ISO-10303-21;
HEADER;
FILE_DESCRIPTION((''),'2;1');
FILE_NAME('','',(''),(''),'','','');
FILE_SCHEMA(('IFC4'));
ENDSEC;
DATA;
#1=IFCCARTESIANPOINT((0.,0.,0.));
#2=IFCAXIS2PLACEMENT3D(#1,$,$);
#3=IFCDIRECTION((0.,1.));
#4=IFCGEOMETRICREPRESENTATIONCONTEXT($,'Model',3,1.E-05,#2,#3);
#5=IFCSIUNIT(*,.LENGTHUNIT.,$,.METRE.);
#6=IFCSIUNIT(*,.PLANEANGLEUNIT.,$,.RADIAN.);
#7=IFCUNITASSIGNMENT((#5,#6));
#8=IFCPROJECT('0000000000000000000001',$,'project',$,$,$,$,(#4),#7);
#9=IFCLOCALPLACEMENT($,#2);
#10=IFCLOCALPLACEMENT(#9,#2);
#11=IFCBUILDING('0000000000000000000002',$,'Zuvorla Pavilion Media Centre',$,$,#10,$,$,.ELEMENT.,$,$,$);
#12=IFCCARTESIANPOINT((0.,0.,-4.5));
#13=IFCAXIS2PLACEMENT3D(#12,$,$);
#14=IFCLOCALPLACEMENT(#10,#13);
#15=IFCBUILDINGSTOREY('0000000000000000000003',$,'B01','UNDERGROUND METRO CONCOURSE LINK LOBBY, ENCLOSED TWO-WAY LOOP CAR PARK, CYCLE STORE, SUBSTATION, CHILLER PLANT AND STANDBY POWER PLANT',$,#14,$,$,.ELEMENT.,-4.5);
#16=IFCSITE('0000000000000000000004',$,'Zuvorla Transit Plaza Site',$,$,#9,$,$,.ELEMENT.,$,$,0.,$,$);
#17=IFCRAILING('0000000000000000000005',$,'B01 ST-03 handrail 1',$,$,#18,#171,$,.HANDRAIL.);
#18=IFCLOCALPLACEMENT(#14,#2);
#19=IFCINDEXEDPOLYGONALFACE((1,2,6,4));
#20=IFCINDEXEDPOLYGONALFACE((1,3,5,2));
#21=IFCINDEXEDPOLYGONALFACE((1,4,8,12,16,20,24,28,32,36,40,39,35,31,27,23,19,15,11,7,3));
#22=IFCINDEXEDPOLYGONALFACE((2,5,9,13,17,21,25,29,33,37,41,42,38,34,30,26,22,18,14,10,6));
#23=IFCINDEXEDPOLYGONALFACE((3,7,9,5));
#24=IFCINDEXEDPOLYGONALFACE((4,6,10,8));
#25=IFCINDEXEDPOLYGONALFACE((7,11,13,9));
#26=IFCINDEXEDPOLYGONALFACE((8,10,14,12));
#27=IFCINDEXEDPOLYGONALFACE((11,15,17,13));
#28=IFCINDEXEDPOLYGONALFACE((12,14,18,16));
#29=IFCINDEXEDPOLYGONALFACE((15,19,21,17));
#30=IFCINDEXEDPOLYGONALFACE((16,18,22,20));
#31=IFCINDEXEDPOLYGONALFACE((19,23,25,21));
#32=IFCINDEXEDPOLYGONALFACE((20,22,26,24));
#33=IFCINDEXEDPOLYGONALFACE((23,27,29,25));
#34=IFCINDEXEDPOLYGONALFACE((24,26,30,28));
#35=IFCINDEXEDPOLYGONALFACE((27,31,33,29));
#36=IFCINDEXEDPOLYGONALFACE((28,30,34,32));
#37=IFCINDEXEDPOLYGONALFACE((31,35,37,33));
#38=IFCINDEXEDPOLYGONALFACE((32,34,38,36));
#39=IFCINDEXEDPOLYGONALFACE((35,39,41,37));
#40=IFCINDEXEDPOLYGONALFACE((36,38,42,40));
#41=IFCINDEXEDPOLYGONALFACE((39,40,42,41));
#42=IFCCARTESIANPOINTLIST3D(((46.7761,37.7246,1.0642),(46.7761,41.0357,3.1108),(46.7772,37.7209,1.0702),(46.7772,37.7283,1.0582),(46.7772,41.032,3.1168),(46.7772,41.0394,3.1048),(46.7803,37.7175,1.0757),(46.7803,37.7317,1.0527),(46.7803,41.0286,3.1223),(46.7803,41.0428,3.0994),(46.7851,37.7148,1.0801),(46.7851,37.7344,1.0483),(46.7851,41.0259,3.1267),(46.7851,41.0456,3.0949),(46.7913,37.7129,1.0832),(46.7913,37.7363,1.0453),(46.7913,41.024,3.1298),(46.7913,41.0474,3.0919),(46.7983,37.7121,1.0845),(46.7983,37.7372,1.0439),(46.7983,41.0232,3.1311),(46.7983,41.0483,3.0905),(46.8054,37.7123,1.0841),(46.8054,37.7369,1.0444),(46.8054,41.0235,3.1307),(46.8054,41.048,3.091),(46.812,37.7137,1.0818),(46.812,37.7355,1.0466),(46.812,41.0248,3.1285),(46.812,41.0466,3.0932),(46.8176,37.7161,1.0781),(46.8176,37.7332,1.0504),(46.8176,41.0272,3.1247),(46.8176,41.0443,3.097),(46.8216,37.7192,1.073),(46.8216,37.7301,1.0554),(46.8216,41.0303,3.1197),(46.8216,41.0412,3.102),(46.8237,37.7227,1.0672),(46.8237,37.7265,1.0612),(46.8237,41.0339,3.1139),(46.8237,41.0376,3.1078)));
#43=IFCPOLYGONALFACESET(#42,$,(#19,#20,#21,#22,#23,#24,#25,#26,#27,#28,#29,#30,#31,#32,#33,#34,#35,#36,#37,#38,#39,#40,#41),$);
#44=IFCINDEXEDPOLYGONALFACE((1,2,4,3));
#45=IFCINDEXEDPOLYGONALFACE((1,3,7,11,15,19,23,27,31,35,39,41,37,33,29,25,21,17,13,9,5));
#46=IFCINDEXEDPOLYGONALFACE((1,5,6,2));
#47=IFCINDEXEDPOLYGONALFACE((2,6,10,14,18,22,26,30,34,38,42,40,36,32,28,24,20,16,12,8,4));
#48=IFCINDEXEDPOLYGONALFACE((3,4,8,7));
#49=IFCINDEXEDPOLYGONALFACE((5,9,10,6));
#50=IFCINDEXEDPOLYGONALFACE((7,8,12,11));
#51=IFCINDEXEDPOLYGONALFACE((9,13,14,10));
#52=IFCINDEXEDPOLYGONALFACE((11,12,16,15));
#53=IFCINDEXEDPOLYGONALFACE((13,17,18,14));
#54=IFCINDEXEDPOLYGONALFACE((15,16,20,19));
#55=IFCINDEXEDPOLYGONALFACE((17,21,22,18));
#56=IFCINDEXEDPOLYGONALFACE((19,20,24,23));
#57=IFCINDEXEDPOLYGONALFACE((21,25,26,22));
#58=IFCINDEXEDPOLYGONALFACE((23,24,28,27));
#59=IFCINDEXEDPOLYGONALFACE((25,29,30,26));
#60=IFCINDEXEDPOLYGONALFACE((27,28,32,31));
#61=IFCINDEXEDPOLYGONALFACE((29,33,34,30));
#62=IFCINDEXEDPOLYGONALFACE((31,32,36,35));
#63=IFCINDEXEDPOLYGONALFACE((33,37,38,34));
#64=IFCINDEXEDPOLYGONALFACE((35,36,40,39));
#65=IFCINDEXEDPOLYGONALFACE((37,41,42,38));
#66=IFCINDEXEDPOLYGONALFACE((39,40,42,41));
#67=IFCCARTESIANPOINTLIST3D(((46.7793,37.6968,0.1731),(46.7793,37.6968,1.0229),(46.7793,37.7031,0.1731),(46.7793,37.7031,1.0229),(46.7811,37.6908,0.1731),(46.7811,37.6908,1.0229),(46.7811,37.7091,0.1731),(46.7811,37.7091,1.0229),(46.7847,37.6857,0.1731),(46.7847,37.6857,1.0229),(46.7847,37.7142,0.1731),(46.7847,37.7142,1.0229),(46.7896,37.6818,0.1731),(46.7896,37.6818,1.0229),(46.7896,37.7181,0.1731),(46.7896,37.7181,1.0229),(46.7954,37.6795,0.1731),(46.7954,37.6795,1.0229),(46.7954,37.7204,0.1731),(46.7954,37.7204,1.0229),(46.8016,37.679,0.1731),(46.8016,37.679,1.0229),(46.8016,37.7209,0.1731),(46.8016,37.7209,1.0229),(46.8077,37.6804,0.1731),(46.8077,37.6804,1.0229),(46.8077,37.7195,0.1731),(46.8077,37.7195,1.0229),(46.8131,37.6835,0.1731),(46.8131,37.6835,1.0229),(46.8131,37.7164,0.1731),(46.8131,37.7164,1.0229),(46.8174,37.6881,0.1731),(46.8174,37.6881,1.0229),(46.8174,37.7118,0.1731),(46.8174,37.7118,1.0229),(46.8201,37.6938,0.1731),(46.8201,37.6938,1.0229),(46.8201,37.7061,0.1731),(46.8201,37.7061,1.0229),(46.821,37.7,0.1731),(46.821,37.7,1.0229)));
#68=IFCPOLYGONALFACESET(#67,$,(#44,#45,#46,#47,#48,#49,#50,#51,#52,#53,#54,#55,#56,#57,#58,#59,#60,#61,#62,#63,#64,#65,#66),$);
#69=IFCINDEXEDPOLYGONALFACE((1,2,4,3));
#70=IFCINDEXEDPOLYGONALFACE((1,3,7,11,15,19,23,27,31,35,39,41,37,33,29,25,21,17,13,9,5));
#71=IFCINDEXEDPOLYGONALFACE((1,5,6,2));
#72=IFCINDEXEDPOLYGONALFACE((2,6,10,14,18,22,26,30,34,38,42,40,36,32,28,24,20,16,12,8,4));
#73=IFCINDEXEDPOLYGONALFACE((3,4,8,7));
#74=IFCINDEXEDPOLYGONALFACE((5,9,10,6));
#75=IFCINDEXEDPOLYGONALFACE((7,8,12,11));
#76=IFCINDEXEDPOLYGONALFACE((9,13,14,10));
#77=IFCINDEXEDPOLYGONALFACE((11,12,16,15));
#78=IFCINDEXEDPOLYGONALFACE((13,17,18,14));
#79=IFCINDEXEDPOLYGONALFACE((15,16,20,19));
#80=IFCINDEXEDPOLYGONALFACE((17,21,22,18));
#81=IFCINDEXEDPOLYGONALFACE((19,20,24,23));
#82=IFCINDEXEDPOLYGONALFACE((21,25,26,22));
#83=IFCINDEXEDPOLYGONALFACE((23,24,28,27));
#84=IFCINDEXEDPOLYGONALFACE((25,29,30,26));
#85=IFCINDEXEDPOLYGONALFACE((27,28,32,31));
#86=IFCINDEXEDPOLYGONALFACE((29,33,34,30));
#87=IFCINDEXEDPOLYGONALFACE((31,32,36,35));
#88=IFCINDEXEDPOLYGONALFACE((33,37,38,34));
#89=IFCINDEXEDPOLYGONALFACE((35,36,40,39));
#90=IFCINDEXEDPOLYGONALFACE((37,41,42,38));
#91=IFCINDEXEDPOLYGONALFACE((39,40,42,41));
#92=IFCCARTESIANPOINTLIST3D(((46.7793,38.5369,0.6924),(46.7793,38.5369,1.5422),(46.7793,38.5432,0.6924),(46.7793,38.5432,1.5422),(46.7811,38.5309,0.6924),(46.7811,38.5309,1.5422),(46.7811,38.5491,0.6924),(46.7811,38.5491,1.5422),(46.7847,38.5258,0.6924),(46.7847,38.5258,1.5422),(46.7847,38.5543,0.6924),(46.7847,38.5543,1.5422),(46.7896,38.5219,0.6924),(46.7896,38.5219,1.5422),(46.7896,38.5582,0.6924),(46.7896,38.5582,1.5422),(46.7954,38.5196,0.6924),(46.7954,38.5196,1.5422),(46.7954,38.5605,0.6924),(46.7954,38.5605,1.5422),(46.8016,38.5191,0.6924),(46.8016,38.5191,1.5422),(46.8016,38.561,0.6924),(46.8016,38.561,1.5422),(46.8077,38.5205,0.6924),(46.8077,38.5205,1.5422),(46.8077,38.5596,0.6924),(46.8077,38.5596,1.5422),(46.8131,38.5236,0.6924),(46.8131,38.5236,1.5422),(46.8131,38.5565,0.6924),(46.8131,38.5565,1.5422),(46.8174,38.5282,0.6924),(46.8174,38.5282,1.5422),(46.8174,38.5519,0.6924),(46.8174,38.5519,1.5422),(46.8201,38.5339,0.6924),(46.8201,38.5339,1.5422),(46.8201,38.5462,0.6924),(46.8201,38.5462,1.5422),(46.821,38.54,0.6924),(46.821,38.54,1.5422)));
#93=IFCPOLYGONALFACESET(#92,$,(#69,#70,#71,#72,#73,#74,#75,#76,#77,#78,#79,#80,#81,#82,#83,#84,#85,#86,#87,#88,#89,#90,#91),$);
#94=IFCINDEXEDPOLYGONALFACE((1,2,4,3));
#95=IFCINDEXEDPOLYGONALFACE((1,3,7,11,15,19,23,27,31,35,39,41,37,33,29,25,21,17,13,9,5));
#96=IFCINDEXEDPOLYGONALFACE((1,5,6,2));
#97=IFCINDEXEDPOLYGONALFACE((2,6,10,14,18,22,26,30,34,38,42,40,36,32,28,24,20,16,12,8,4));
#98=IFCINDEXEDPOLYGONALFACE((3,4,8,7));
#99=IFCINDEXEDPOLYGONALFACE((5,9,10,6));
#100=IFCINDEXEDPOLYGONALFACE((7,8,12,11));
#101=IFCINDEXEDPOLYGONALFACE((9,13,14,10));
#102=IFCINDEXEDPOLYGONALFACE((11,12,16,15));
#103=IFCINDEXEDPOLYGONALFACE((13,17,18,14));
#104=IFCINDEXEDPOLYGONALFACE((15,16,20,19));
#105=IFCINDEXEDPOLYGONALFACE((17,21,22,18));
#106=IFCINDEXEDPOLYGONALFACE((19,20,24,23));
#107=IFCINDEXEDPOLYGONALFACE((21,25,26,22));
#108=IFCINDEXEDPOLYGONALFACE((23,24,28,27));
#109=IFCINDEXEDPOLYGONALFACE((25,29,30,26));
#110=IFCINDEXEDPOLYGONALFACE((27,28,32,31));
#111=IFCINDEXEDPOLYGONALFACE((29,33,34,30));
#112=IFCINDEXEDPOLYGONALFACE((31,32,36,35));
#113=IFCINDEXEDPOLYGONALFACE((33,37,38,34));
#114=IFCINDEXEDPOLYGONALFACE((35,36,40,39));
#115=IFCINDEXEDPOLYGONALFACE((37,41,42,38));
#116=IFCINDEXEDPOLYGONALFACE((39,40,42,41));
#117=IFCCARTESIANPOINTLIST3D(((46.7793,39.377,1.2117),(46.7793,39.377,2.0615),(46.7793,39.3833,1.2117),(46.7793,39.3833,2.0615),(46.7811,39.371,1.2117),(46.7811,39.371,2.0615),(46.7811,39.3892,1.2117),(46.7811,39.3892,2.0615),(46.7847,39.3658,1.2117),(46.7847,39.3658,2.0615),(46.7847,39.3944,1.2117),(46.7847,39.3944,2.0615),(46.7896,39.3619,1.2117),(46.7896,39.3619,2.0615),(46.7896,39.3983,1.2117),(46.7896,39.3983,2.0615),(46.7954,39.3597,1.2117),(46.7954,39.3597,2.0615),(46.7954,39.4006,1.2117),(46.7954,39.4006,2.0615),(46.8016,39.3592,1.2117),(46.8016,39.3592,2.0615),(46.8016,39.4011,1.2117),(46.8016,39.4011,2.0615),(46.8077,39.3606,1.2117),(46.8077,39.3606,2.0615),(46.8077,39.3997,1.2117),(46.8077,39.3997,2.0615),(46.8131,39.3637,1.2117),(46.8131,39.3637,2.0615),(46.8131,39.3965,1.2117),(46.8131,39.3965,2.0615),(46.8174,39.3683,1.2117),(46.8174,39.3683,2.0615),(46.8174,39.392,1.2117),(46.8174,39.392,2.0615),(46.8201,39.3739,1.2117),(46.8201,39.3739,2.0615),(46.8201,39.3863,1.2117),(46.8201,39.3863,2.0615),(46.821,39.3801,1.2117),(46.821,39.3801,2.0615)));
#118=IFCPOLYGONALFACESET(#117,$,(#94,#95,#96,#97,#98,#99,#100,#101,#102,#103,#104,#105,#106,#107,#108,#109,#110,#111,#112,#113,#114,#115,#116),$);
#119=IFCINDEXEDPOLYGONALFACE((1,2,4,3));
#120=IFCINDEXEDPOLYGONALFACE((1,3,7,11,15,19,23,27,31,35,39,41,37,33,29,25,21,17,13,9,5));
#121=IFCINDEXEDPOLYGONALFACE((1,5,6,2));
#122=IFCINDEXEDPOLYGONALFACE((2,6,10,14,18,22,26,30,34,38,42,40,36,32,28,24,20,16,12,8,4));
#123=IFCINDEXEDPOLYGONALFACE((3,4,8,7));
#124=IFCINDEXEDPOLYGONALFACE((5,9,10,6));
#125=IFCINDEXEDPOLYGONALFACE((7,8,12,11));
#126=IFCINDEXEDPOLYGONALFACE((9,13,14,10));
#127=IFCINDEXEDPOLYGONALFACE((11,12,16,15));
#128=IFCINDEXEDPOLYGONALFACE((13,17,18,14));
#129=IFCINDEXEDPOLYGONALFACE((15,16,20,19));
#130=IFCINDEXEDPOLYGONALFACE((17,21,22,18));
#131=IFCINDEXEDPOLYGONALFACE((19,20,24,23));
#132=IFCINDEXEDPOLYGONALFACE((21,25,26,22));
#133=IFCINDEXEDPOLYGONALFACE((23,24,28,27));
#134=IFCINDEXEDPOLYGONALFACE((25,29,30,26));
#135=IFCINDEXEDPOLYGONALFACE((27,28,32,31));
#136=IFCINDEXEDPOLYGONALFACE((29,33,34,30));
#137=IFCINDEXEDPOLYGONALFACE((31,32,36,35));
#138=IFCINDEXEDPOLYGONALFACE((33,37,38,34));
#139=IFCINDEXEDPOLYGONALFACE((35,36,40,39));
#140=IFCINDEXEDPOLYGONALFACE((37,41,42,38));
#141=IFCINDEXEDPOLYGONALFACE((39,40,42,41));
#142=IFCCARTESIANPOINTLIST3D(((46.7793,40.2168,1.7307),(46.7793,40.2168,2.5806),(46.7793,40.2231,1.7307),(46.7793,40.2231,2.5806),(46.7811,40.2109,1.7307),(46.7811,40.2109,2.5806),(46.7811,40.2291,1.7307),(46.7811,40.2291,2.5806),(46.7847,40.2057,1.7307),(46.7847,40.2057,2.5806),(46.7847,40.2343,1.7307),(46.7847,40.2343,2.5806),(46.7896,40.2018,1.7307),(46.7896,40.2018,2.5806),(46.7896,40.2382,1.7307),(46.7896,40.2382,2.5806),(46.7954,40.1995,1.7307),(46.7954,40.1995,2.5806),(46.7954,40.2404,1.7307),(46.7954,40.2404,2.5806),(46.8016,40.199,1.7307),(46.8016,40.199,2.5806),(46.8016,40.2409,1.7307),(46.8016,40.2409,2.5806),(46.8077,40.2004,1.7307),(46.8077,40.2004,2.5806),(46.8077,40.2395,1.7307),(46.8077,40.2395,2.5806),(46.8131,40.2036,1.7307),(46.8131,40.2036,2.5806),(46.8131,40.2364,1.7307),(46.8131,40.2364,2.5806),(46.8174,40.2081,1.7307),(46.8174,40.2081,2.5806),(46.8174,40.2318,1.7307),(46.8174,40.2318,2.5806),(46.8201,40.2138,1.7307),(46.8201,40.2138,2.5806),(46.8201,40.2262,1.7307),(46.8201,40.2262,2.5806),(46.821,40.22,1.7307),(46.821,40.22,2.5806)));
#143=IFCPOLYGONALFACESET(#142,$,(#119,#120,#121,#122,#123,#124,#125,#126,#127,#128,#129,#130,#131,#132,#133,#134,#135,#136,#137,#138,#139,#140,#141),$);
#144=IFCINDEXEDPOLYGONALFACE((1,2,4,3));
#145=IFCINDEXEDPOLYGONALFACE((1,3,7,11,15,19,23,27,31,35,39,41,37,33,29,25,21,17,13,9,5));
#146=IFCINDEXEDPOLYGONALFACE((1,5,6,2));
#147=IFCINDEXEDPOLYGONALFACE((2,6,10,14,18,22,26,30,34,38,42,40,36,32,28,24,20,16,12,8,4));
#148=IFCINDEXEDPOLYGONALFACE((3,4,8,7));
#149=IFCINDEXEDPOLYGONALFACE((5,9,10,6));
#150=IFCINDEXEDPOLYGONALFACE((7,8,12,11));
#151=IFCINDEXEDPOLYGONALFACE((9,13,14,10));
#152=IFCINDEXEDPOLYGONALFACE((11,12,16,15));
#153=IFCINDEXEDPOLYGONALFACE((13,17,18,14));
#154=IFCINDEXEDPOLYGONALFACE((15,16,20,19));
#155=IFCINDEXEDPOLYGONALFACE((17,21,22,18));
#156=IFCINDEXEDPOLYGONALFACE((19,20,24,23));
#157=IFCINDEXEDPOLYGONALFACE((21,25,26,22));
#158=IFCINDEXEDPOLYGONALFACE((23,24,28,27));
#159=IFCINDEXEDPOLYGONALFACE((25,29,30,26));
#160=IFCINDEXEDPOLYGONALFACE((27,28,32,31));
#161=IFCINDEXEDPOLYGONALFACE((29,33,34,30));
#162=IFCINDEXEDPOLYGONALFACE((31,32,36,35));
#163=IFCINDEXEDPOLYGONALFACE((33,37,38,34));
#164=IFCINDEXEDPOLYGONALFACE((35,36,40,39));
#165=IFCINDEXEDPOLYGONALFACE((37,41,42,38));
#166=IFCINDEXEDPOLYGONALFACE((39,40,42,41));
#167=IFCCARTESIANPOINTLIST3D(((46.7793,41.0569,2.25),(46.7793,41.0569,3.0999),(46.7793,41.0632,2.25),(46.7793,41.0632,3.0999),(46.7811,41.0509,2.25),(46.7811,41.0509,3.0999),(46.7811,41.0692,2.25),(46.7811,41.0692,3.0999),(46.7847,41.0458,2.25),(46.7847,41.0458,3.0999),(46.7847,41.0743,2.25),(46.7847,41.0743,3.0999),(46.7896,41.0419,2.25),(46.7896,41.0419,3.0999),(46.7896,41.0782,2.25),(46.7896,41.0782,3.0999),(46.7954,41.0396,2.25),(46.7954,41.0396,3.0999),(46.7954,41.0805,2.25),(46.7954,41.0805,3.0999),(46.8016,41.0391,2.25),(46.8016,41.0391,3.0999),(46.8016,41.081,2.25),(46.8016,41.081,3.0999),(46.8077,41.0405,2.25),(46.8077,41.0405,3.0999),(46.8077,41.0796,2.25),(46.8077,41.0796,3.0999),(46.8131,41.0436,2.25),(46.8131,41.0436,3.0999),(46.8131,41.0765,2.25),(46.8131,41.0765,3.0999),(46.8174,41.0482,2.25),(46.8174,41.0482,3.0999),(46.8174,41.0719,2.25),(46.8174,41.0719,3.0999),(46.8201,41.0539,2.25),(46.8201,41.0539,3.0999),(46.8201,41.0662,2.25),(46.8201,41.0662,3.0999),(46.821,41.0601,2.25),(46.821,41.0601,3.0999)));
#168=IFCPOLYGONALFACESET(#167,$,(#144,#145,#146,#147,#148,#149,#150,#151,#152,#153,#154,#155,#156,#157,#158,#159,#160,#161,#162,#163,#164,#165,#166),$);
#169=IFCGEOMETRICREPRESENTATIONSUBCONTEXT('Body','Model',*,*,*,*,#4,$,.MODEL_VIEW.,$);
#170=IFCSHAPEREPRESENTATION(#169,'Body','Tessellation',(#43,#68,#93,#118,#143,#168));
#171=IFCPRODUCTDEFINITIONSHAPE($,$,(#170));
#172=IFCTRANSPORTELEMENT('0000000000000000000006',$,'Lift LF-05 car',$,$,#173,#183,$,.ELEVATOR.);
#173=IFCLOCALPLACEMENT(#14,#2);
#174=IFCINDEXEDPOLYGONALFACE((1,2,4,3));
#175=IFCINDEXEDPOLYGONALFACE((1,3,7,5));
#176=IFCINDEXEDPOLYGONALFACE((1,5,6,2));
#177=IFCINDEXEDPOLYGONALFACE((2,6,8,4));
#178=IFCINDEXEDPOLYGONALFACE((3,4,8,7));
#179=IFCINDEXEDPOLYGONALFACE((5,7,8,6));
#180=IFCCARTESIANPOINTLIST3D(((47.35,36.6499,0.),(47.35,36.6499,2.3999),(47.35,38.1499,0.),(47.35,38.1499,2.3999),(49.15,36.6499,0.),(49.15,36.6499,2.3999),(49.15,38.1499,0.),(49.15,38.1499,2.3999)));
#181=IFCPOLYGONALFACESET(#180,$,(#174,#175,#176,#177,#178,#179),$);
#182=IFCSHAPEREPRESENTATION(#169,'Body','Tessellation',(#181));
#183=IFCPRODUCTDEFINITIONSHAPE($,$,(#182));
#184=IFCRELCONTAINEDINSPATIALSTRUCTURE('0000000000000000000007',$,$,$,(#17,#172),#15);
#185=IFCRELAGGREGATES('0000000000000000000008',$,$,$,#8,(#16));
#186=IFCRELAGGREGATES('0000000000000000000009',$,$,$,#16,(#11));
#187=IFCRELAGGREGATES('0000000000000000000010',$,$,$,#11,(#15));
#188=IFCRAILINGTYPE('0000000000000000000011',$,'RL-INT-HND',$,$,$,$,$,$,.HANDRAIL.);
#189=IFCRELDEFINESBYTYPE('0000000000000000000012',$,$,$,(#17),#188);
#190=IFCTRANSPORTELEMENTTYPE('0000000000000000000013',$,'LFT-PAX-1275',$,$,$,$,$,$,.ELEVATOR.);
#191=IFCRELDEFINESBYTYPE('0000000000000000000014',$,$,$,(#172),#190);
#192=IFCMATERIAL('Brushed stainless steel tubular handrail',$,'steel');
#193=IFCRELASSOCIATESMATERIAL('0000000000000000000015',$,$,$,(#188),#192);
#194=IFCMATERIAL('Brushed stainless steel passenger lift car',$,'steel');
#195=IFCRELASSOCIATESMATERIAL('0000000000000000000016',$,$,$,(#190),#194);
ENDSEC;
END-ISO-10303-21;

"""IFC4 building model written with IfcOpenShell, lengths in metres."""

from ifc_helpers import new_model, si_unit, direction, frame, origin, origin_2d, place, context, subcontext, project, spatial, rectangle, circle, extrude, material, type_object, element, save


model = new_model("IFC4")

# Units and contexts
model_context = context("Model", 3, precision=1e-05, world=origin(), true_north=direction((0.0, 1.0)))
body_context = subcontext(model_context, "Body", "Model", "MODEL_VIEW")
ifc_project = project(units=[si_unit("LENGTHUNIT", "METRE"), si_unit("PLANEANGLEUNIT", "RADIAN")], contexts=[model_context])

# Site, building, storey
site_placement = place(None, origin())
site = spatial("IfcSite", under=ifc_project, at=site_placement, Name="Zuvorla Transit Plaza Site", CompositionType="ELEMENT", RefElevation=0.0)
building_placement = place(site_placement, origin())
building = spatial("IfcBuilding", under=site, at=building_placement, Name="Zuvorla Pavilion Media Centre", CompositionType="ELEMENT")
storey_placement = place(building_placement, frame((0.0, 0.0, -4.5)))
storey = spatial("IfcBuildingStorey", under=building, at=storey_placement, Name="B01", Description="UNDERGROUND METRO CONCOURSE LINK LOBBY, ENCLOSED TWO-WAY LOOP CAR PARK, CYCLE STORE, SUBSTATION, CHILLER PLANT AND STANDBY POWER PLANT", CompositionType="ELEMENT", Elevation=-4.5)

# Railing
ifc_material_1 = material(Name="Brushed stainless steel tubular handrail", Category="steel")
railing_type_1 = type_object("IfcRailingType", Name="RL-INT-HND", PredefinedType="HANDRAIL", material=ifc_material_1)
railing_1_placement = place(storey_placement, frame((46.8, 37.7, 0.1731)))
element("IfcRailing", 1, at=railing_1_placement, inside=storey, type_object=railing_type_1, Name="B01 ST-03 handrail 1", PredefinedType="HANDRAIL", context=body_context, shape_type="SweptSolid", body=[
    extrude(circle(Radius=0.0239, at=origin_2d()), frame((0.0, 0.0247, 0.8911), z_axis=(0.0, 0.850623, 0.525776), x_axis=(-1.0, 0.0, 0.0)), (0.0, 0.0, 1.0), 3.8926),
    extrude(circle(Radius=0.021, at=origin_2d()), origin(), (0.0, 0.0, 1.0), 0.8499),
    extrude(circle(Radius=0.021, at=origin_2d()), frame((0.0, 0.8401, 0.5193)), (0.0, 0.0, 1.0), 0.8499),
    extrude(circle(Radius=0.021, at=origin_2d()), frame((0.0, 1.6802, 1.0386)), (0.0, 0.0, 1.0), 0.8499),
    extrude(circle(Radius=0.021, at=origin_2d()), frame((0.0, 2.52, 1.5576)), (0.0, 0.0, 1.0), 0.8499),
    extrude(circle(Radius=0.021, at=origin_2d()), frame((0.0, 3.3601, 2.0769)), (0.0, 0.0, 1.0), 0.8499),
])

# Transport element
ifc_material_2 = material(Name="Brushed stainless steel passenger lift car", Category="steel")
transport_element_type = type_object("IfcTransportElementType", Name="LFT-PAX-1275", PredefinedType="ELEVATOR", material=ifc_material_2)
transport_element_placement = place(storey_placement, frame((48.25, 37.3999, 0.0), z_axis=(0.0, 0.0, 1.0), x_axis=(1.0, 0.0, 0.0)))
element("IfcTransportElement", 2, at=transport_element_placement, inside=storey, type_object=transport_element_type, Name="Lift LF-05 car", PredefinedType="ELEVATOR", context=body_context, shape_type="SweptSolid", body=[
    extrude(rectangle(XDim=1.8, YDim=1.5, at=origin_2d()), origin(), (0.0, 0.0, 1.0), 2.3999),
])

save(model, "model.ifc")
